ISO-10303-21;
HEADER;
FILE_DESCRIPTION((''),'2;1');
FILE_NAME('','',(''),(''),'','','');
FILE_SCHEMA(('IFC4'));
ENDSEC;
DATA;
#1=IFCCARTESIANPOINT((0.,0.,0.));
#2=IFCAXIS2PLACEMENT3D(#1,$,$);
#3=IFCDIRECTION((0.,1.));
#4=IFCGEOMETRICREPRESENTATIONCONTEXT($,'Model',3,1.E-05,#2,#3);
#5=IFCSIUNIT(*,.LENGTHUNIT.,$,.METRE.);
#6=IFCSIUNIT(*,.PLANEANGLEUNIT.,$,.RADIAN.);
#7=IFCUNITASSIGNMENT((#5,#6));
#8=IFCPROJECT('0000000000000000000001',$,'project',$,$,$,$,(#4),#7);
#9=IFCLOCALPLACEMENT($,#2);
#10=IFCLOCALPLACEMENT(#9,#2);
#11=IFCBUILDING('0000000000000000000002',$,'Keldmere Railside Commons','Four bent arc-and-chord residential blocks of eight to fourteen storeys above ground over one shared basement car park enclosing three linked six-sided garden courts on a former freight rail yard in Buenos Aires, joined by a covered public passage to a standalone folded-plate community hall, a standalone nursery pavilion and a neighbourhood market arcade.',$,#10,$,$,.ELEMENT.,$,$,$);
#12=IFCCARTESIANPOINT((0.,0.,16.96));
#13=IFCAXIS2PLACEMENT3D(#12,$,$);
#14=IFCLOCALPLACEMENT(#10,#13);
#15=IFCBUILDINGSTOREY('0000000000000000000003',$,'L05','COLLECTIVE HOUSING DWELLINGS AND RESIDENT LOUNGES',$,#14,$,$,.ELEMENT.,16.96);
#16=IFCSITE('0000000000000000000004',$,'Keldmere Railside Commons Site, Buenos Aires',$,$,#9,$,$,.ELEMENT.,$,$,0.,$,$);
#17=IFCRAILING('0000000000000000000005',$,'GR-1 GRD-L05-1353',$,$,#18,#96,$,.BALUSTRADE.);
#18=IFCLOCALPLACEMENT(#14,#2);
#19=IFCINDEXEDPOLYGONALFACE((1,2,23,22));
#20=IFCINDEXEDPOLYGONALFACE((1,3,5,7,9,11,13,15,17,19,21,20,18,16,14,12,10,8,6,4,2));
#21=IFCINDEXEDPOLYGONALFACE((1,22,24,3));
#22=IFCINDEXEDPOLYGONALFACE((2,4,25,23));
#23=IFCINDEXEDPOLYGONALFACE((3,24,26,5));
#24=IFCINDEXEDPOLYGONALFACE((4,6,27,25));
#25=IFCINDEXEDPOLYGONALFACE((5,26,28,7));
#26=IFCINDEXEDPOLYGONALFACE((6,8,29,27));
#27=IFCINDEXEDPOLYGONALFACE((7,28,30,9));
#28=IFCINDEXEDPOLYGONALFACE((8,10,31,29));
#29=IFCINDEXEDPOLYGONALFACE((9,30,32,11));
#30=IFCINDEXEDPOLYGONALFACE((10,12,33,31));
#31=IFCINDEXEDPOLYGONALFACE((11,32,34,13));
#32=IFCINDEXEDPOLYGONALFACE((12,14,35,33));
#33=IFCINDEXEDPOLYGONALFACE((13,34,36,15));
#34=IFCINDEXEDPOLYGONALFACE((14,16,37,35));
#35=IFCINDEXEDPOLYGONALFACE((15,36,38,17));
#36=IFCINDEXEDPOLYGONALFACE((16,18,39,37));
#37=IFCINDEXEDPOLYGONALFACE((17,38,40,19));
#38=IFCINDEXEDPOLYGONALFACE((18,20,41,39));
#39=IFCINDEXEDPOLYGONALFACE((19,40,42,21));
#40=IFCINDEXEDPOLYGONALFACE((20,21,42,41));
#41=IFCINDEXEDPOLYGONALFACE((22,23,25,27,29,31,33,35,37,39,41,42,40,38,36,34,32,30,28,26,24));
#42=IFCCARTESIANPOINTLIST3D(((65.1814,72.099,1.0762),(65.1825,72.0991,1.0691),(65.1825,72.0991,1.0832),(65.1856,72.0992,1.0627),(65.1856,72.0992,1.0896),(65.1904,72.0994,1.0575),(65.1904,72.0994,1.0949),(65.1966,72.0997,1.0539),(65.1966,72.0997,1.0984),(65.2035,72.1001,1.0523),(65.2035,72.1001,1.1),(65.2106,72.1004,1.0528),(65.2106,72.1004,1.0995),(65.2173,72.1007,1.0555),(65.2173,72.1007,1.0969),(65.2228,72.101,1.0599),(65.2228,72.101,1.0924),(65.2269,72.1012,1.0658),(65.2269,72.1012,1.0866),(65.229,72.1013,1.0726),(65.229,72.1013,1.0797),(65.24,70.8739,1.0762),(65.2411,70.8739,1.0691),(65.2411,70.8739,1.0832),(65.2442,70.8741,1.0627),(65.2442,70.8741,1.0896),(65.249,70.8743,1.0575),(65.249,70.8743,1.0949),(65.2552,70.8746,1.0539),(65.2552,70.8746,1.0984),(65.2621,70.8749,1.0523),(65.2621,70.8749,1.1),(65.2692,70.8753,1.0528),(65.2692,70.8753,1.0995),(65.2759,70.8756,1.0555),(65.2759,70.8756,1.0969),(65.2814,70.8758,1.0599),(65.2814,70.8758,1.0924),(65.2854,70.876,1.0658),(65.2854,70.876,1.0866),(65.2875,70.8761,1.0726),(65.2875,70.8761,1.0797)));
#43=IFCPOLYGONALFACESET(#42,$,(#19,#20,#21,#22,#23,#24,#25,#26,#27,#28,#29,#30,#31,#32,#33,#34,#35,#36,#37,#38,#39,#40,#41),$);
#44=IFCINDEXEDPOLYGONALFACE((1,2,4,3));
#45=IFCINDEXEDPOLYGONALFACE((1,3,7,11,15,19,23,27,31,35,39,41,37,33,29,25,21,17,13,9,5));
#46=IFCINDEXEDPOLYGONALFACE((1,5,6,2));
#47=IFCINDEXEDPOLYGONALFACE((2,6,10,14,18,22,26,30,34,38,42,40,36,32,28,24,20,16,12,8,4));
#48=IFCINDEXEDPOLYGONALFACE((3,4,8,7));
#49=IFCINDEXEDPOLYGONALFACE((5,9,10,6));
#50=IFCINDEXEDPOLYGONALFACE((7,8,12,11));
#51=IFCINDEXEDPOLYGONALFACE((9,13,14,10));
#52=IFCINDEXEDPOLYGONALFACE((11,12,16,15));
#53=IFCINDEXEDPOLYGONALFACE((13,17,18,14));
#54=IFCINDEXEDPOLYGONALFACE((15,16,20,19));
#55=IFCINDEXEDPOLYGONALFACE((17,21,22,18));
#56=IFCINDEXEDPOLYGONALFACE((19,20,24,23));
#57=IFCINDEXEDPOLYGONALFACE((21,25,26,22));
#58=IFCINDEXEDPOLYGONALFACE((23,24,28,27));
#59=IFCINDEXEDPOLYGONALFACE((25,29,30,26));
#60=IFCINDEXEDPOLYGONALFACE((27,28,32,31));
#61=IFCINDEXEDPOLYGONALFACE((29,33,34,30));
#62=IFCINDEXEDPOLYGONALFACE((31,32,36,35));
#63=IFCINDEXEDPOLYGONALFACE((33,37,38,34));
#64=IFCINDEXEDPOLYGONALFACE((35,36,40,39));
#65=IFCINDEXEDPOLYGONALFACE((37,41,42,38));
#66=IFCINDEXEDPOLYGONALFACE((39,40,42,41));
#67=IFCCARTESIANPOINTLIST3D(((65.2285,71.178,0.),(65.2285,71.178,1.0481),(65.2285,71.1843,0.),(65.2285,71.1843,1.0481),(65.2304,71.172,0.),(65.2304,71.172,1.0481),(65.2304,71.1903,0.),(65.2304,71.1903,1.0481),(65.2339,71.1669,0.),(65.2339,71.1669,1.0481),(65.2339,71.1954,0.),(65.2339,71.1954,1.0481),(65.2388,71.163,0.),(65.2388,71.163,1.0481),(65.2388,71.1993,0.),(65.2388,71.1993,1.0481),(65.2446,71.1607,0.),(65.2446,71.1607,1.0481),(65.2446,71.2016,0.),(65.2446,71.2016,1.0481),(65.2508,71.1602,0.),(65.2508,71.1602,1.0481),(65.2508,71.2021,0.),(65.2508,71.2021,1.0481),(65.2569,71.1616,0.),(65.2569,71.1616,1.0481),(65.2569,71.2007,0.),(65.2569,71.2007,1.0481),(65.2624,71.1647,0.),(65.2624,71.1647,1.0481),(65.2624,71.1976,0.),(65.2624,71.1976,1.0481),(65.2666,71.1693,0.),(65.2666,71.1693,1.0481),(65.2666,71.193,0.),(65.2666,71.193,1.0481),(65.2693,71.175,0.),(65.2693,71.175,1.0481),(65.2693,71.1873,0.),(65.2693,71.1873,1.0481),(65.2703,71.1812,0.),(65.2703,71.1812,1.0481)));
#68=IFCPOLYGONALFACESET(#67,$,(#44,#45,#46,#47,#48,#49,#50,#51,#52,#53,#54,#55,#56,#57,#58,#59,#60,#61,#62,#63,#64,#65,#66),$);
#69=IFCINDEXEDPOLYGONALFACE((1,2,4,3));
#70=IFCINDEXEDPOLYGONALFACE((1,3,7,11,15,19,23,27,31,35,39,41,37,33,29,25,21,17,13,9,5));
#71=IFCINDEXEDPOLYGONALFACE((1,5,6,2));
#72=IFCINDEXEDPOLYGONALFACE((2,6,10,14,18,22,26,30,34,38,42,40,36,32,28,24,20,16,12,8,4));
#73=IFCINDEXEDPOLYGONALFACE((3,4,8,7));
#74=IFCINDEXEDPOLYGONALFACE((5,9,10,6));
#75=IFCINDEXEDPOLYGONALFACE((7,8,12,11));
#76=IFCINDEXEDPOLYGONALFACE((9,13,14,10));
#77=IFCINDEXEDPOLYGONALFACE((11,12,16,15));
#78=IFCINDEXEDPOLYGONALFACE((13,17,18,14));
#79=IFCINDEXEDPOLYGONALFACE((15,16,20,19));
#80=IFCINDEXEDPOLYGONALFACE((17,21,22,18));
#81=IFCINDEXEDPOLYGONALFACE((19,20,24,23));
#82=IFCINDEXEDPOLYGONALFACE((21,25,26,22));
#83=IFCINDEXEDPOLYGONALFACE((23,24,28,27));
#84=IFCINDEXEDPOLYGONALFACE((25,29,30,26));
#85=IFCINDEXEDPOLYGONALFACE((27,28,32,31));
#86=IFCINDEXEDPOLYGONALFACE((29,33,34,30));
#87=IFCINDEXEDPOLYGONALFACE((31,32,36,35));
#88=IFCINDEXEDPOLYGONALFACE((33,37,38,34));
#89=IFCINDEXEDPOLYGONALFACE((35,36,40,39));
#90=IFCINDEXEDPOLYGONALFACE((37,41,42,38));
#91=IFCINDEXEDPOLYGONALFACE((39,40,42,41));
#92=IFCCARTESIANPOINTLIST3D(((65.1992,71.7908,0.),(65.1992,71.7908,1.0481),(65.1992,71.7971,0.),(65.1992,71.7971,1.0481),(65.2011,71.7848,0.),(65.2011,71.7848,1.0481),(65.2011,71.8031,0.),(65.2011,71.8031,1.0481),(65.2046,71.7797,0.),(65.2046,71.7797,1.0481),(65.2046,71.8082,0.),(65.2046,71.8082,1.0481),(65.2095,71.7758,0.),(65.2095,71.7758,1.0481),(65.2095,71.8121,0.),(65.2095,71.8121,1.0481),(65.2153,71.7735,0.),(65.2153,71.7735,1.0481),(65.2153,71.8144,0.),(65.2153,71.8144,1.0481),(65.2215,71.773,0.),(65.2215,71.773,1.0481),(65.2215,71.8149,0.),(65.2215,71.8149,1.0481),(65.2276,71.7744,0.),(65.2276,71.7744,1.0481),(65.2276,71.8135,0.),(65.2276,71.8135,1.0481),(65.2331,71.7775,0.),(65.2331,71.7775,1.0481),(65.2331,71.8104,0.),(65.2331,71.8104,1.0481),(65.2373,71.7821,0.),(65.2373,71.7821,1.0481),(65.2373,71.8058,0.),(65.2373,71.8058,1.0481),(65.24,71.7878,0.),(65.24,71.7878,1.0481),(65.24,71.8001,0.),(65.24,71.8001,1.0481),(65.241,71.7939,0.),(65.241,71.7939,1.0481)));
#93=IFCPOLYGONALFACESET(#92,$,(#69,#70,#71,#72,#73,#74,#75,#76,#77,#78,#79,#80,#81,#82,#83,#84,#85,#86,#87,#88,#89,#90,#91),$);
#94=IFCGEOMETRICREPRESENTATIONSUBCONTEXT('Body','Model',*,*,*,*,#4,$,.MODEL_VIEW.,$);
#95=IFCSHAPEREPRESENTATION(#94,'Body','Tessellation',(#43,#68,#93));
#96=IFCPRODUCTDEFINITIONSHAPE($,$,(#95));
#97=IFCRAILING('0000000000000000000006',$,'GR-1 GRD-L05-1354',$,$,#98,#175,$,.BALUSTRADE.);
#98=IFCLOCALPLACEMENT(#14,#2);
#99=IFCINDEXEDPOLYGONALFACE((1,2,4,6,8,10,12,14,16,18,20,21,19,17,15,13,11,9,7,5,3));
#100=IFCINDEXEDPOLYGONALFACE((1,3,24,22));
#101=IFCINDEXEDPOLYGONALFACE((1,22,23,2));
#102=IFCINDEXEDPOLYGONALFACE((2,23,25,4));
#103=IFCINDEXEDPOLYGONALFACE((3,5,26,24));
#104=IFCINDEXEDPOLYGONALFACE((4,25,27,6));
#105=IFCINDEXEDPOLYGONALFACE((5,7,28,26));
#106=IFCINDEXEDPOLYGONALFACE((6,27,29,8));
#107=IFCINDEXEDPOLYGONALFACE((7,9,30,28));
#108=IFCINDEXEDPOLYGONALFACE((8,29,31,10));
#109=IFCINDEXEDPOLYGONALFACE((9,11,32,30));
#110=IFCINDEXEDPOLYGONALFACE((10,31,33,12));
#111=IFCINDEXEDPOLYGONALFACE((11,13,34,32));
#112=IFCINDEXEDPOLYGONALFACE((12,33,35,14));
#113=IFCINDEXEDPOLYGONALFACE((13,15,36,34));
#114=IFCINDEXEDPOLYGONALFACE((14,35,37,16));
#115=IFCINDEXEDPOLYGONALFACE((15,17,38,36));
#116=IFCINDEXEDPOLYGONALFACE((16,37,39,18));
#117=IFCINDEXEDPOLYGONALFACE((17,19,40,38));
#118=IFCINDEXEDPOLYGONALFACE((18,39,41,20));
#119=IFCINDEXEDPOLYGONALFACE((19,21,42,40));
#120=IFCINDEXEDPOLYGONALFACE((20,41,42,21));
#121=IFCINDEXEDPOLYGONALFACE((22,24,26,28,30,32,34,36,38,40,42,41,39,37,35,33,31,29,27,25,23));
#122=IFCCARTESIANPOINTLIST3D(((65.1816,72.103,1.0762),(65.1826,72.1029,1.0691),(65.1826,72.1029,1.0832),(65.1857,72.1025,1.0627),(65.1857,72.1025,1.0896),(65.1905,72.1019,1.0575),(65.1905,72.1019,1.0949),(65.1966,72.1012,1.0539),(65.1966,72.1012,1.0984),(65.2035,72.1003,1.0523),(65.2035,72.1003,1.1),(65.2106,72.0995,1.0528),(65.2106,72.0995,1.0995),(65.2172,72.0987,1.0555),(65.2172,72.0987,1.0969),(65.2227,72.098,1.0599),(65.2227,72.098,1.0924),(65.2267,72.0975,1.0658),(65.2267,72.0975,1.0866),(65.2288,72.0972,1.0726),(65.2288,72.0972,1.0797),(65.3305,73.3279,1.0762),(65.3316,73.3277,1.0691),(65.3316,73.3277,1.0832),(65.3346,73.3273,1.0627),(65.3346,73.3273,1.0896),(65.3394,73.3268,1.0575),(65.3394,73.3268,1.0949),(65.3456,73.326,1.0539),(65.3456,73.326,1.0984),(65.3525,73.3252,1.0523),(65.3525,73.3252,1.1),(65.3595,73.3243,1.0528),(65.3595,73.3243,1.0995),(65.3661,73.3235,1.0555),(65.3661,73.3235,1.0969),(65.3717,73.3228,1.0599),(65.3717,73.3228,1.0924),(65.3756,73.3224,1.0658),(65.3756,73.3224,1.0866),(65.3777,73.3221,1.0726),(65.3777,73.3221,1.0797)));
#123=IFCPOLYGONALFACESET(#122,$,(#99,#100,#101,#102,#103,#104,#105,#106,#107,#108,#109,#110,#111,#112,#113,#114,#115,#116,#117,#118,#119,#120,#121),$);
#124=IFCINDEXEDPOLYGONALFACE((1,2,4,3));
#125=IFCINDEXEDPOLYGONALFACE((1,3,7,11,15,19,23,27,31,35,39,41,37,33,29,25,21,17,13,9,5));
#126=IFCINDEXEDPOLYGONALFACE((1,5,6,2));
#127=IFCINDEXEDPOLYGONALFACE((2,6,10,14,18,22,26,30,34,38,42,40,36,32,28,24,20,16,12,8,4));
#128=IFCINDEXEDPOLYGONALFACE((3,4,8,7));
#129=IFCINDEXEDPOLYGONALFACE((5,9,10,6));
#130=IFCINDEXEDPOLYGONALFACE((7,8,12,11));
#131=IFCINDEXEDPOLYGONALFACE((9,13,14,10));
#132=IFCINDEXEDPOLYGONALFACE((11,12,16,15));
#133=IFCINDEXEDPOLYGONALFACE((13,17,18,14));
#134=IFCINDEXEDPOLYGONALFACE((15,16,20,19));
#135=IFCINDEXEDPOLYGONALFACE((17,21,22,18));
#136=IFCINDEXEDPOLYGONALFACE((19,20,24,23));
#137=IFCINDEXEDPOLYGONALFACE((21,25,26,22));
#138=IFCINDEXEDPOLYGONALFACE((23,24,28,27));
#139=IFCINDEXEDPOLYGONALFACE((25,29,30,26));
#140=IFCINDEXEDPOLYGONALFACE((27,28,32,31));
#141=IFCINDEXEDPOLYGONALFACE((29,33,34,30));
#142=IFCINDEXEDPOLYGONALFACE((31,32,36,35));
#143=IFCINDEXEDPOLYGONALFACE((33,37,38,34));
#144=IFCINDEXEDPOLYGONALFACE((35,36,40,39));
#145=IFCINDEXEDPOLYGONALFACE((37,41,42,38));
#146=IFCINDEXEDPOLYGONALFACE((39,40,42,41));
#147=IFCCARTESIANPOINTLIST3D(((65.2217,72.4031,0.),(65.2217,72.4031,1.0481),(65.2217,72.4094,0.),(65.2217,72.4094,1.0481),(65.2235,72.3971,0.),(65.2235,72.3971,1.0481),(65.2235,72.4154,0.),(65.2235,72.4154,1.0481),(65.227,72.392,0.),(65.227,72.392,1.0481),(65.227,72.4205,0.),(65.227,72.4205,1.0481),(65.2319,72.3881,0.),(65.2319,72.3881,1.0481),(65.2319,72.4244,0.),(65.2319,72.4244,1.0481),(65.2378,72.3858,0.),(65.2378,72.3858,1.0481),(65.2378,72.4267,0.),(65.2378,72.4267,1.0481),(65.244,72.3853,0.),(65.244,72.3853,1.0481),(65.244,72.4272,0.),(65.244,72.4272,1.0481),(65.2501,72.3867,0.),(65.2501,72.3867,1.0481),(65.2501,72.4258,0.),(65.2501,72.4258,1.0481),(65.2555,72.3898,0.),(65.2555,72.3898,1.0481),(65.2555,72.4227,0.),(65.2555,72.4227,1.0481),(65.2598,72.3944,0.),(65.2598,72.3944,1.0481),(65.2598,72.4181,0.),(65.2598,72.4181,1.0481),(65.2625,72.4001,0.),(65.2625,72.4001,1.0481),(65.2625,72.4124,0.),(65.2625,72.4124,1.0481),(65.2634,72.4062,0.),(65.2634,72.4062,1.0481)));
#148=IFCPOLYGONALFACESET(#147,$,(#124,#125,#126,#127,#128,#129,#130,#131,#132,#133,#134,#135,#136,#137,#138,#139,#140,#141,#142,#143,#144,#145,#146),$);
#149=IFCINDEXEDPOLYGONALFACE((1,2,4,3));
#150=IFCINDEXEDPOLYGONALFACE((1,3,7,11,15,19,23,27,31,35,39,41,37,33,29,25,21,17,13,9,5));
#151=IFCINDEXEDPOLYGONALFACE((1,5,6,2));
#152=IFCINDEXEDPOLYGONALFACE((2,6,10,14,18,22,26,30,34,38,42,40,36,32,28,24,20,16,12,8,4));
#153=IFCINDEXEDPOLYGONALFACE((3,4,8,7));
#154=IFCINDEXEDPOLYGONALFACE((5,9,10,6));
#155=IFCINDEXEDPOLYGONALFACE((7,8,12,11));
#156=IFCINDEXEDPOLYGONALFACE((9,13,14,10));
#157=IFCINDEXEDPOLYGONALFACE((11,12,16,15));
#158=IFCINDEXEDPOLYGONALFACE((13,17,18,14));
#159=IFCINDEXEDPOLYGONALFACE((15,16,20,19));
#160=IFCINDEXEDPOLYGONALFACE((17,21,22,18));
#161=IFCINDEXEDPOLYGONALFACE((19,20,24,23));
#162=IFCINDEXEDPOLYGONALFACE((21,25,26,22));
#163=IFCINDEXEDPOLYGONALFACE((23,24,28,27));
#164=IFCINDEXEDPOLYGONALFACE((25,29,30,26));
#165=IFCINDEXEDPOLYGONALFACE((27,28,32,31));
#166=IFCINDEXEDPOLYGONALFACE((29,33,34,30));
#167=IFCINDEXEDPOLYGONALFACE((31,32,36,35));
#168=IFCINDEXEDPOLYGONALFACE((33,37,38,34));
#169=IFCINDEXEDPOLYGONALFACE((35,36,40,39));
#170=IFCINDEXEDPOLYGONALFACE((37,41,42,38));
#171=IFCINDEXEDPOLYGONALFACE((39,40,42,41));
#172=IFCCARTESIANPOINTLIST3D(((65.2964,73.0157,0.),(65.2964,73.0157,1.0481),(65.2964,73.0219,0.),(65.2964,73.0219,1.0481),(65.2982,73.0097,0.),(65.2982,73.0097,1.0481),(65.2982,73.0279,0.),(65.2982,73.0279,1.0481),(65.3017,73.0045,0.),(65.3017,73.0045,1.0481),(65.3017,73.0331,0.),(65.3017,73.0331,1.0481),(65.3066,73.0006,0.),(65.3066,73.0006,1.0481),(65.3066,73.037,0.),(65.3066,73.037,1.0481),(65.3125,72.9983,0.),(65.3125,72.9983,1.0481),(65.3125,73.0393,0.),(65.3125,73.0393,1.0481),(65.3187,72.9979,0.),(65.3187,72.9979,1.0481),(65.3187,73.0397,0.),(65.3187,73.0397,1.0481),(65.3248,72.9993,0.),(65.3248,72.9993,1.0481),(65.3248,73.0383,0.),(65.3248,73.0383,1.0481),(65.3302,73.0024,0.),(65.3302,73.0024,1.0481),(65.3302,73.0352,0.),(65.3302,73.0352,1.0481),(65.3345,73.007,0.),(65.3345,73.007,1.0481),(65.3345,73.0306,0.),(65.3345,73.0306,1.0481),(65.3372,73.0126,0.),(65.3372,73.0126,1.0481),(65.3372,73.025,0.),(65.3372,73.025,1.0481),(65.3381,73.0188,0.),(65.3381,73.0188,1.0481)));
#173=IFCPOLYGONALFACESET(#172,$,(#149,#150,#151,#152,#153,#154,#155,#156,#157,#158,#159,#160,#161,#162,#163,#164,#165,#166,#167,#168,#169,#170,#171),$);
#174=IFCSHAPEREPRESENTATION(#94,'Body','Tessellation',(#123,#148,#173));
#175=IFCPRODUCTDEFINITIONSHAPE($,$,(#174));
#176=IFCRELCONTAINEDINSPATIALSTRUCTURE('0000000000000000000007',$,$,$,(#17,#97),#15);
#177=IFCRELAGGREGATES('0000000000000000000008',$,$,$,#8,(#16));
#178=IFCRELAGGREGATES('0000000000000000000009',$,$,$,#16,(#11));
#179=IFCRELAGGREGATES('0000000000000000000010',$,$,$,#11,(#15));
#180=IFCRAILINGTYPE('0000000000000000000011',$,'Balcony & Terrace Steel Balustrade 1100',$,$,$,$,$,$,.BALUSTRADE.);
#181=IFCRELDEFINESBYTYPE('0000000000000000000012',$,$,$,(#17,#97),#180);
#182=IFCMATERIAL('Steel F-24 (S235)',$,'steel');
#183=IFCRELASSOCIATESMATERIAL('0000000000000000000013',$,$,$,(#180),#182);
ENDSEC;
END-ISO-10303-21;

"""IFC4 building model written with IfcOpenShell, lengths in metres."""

from ifc_helpers import new_model, si_unit, direction, frame, origin, origin_2d, place, context, subcontext, project, spatial, circle, extrude, material, type_object, element, save


model = new_model("IFC4")

# Units and contexts
model_context = context("Model", 3, precision=1e-05, world=origin(), true_north=direction((0.0, 1.0)))
body_context = subcontext(model_context, "Body", "Model", "MODEL_VIEW")
ifc_project = project(units=[si_unit("LENGTHUNIT", "METRE"), si_unit("PLANEANGLEUNIT", "RADIAN")], contexts=[model_context])

# Site, building, storey
site_placement = place(None, origin())
site = spatial("IfcSite", under=ifc_project, at=site_placement, Name="Keldmere Railside Commons Site, Buenos Aires", CompositionType="ELEMENT", RefElevation=0.0)
building_placement = place(site_placement, origin())
building = spatial("IfcBuilding", under=site, at=building_placement, Name="Keldmere Railside Commons", Description="Four bent arc-and-chord residential blocks of eight to fourteen storeys above ground over one shared basement car park enclosing three linked six-sided garden courts on a former freight rail yard in Buenos Aires, joined by a covered public passage to a standalone folded-plate community hall, a standalone nursery pavilion and a neighbourhood market arcade.", CompositionType="ELEMENT")
storey_placement = place(building_placement, frame((0.0, 0.0, 16.96)))
storey = spatial("IfcBuildingStorey", under=building, at=storey_placement, Name="L05", Description="COLLECTIVE HOUSING DWELLINGS AND RESIDENT LOUNGES", CompositionType="ELEMENT", Elevation=16.96)

# Railings
ifc_material_1 = material(Name="Steel F-24 (S235)", Category="steel")
railing_type_1 = type_object("IfcRailingType", Name="Balcony & Terrace Steel Balustrade 1100", PredefinedType="BALUSTRADE", material=ifc_material_1)
railing_1_placement = place(storey_placement, frame((65.2639, 70.875, 0.0)))
element("IfcRailing", 1, at=railing_1_placement, inside=storey, type_object=railing_type_1, Name="GR-1 GRD-L05-1353", PredefinedType="BALUSTRADE", context=body_context, shape_type="SweptSolid", body=[
    extrude(circle(Radius=0.0239, at=origin_2d()), frame((0.0, 0.0, 1.0762), z_axis=(-0.047773, 0.998858, 0.0), x_axis=(-0.998858, -0.047773, 0.0)), (0.0, 0.0, 1.0), 1.2266),
    extrude(circle(Radius=0.021, at=origin_2d()), frame((-0.0146, 0.3062, 0.0)), (0.0, 0.0, 1.0), 1.0481),
    extrude(circle(Radius=0.021, at=origin_2d()), frame((-0.0439, 0.9189, 0.0)), (0.0, 0.0, 1.0), 1.0481),
])
railing_2_placement = place(storey_placement, frame((65.2053, 72.1001, 0.0)))
element("IfcRailing", 2, at=railing_2_placement, inside=storey, type_object=railing_type_1, Name="GR-1 GRD-L05-1354", PredefinedType="BALUSTRADE", context=body_context, shape_type="SweptSolid", body=[
    extrude(circle(Radius=0.0239, at=origin_2d()), frame((0.0, 0.0, 1.0762), z_axis=(0.120698, 0.992689, 0.0), x_axis=(-0.992689, 0.120698, 0.0)), (0.0, 0.0, 1.0), 1.2339),
    extrude(circle(Radius=0.021, at=origin_2d()), frame((0.0371, 0.3062, 0.0)), (0.0, 0.0, 1.0), 1.0481),
    extrude(circle(Radius=0.021, at=origin_2d()), frame((0.1118, 0.9187, 0.0)), (0.0, 0.0, 1.0), 1.0481),
])

save(model, "model.ifc")
